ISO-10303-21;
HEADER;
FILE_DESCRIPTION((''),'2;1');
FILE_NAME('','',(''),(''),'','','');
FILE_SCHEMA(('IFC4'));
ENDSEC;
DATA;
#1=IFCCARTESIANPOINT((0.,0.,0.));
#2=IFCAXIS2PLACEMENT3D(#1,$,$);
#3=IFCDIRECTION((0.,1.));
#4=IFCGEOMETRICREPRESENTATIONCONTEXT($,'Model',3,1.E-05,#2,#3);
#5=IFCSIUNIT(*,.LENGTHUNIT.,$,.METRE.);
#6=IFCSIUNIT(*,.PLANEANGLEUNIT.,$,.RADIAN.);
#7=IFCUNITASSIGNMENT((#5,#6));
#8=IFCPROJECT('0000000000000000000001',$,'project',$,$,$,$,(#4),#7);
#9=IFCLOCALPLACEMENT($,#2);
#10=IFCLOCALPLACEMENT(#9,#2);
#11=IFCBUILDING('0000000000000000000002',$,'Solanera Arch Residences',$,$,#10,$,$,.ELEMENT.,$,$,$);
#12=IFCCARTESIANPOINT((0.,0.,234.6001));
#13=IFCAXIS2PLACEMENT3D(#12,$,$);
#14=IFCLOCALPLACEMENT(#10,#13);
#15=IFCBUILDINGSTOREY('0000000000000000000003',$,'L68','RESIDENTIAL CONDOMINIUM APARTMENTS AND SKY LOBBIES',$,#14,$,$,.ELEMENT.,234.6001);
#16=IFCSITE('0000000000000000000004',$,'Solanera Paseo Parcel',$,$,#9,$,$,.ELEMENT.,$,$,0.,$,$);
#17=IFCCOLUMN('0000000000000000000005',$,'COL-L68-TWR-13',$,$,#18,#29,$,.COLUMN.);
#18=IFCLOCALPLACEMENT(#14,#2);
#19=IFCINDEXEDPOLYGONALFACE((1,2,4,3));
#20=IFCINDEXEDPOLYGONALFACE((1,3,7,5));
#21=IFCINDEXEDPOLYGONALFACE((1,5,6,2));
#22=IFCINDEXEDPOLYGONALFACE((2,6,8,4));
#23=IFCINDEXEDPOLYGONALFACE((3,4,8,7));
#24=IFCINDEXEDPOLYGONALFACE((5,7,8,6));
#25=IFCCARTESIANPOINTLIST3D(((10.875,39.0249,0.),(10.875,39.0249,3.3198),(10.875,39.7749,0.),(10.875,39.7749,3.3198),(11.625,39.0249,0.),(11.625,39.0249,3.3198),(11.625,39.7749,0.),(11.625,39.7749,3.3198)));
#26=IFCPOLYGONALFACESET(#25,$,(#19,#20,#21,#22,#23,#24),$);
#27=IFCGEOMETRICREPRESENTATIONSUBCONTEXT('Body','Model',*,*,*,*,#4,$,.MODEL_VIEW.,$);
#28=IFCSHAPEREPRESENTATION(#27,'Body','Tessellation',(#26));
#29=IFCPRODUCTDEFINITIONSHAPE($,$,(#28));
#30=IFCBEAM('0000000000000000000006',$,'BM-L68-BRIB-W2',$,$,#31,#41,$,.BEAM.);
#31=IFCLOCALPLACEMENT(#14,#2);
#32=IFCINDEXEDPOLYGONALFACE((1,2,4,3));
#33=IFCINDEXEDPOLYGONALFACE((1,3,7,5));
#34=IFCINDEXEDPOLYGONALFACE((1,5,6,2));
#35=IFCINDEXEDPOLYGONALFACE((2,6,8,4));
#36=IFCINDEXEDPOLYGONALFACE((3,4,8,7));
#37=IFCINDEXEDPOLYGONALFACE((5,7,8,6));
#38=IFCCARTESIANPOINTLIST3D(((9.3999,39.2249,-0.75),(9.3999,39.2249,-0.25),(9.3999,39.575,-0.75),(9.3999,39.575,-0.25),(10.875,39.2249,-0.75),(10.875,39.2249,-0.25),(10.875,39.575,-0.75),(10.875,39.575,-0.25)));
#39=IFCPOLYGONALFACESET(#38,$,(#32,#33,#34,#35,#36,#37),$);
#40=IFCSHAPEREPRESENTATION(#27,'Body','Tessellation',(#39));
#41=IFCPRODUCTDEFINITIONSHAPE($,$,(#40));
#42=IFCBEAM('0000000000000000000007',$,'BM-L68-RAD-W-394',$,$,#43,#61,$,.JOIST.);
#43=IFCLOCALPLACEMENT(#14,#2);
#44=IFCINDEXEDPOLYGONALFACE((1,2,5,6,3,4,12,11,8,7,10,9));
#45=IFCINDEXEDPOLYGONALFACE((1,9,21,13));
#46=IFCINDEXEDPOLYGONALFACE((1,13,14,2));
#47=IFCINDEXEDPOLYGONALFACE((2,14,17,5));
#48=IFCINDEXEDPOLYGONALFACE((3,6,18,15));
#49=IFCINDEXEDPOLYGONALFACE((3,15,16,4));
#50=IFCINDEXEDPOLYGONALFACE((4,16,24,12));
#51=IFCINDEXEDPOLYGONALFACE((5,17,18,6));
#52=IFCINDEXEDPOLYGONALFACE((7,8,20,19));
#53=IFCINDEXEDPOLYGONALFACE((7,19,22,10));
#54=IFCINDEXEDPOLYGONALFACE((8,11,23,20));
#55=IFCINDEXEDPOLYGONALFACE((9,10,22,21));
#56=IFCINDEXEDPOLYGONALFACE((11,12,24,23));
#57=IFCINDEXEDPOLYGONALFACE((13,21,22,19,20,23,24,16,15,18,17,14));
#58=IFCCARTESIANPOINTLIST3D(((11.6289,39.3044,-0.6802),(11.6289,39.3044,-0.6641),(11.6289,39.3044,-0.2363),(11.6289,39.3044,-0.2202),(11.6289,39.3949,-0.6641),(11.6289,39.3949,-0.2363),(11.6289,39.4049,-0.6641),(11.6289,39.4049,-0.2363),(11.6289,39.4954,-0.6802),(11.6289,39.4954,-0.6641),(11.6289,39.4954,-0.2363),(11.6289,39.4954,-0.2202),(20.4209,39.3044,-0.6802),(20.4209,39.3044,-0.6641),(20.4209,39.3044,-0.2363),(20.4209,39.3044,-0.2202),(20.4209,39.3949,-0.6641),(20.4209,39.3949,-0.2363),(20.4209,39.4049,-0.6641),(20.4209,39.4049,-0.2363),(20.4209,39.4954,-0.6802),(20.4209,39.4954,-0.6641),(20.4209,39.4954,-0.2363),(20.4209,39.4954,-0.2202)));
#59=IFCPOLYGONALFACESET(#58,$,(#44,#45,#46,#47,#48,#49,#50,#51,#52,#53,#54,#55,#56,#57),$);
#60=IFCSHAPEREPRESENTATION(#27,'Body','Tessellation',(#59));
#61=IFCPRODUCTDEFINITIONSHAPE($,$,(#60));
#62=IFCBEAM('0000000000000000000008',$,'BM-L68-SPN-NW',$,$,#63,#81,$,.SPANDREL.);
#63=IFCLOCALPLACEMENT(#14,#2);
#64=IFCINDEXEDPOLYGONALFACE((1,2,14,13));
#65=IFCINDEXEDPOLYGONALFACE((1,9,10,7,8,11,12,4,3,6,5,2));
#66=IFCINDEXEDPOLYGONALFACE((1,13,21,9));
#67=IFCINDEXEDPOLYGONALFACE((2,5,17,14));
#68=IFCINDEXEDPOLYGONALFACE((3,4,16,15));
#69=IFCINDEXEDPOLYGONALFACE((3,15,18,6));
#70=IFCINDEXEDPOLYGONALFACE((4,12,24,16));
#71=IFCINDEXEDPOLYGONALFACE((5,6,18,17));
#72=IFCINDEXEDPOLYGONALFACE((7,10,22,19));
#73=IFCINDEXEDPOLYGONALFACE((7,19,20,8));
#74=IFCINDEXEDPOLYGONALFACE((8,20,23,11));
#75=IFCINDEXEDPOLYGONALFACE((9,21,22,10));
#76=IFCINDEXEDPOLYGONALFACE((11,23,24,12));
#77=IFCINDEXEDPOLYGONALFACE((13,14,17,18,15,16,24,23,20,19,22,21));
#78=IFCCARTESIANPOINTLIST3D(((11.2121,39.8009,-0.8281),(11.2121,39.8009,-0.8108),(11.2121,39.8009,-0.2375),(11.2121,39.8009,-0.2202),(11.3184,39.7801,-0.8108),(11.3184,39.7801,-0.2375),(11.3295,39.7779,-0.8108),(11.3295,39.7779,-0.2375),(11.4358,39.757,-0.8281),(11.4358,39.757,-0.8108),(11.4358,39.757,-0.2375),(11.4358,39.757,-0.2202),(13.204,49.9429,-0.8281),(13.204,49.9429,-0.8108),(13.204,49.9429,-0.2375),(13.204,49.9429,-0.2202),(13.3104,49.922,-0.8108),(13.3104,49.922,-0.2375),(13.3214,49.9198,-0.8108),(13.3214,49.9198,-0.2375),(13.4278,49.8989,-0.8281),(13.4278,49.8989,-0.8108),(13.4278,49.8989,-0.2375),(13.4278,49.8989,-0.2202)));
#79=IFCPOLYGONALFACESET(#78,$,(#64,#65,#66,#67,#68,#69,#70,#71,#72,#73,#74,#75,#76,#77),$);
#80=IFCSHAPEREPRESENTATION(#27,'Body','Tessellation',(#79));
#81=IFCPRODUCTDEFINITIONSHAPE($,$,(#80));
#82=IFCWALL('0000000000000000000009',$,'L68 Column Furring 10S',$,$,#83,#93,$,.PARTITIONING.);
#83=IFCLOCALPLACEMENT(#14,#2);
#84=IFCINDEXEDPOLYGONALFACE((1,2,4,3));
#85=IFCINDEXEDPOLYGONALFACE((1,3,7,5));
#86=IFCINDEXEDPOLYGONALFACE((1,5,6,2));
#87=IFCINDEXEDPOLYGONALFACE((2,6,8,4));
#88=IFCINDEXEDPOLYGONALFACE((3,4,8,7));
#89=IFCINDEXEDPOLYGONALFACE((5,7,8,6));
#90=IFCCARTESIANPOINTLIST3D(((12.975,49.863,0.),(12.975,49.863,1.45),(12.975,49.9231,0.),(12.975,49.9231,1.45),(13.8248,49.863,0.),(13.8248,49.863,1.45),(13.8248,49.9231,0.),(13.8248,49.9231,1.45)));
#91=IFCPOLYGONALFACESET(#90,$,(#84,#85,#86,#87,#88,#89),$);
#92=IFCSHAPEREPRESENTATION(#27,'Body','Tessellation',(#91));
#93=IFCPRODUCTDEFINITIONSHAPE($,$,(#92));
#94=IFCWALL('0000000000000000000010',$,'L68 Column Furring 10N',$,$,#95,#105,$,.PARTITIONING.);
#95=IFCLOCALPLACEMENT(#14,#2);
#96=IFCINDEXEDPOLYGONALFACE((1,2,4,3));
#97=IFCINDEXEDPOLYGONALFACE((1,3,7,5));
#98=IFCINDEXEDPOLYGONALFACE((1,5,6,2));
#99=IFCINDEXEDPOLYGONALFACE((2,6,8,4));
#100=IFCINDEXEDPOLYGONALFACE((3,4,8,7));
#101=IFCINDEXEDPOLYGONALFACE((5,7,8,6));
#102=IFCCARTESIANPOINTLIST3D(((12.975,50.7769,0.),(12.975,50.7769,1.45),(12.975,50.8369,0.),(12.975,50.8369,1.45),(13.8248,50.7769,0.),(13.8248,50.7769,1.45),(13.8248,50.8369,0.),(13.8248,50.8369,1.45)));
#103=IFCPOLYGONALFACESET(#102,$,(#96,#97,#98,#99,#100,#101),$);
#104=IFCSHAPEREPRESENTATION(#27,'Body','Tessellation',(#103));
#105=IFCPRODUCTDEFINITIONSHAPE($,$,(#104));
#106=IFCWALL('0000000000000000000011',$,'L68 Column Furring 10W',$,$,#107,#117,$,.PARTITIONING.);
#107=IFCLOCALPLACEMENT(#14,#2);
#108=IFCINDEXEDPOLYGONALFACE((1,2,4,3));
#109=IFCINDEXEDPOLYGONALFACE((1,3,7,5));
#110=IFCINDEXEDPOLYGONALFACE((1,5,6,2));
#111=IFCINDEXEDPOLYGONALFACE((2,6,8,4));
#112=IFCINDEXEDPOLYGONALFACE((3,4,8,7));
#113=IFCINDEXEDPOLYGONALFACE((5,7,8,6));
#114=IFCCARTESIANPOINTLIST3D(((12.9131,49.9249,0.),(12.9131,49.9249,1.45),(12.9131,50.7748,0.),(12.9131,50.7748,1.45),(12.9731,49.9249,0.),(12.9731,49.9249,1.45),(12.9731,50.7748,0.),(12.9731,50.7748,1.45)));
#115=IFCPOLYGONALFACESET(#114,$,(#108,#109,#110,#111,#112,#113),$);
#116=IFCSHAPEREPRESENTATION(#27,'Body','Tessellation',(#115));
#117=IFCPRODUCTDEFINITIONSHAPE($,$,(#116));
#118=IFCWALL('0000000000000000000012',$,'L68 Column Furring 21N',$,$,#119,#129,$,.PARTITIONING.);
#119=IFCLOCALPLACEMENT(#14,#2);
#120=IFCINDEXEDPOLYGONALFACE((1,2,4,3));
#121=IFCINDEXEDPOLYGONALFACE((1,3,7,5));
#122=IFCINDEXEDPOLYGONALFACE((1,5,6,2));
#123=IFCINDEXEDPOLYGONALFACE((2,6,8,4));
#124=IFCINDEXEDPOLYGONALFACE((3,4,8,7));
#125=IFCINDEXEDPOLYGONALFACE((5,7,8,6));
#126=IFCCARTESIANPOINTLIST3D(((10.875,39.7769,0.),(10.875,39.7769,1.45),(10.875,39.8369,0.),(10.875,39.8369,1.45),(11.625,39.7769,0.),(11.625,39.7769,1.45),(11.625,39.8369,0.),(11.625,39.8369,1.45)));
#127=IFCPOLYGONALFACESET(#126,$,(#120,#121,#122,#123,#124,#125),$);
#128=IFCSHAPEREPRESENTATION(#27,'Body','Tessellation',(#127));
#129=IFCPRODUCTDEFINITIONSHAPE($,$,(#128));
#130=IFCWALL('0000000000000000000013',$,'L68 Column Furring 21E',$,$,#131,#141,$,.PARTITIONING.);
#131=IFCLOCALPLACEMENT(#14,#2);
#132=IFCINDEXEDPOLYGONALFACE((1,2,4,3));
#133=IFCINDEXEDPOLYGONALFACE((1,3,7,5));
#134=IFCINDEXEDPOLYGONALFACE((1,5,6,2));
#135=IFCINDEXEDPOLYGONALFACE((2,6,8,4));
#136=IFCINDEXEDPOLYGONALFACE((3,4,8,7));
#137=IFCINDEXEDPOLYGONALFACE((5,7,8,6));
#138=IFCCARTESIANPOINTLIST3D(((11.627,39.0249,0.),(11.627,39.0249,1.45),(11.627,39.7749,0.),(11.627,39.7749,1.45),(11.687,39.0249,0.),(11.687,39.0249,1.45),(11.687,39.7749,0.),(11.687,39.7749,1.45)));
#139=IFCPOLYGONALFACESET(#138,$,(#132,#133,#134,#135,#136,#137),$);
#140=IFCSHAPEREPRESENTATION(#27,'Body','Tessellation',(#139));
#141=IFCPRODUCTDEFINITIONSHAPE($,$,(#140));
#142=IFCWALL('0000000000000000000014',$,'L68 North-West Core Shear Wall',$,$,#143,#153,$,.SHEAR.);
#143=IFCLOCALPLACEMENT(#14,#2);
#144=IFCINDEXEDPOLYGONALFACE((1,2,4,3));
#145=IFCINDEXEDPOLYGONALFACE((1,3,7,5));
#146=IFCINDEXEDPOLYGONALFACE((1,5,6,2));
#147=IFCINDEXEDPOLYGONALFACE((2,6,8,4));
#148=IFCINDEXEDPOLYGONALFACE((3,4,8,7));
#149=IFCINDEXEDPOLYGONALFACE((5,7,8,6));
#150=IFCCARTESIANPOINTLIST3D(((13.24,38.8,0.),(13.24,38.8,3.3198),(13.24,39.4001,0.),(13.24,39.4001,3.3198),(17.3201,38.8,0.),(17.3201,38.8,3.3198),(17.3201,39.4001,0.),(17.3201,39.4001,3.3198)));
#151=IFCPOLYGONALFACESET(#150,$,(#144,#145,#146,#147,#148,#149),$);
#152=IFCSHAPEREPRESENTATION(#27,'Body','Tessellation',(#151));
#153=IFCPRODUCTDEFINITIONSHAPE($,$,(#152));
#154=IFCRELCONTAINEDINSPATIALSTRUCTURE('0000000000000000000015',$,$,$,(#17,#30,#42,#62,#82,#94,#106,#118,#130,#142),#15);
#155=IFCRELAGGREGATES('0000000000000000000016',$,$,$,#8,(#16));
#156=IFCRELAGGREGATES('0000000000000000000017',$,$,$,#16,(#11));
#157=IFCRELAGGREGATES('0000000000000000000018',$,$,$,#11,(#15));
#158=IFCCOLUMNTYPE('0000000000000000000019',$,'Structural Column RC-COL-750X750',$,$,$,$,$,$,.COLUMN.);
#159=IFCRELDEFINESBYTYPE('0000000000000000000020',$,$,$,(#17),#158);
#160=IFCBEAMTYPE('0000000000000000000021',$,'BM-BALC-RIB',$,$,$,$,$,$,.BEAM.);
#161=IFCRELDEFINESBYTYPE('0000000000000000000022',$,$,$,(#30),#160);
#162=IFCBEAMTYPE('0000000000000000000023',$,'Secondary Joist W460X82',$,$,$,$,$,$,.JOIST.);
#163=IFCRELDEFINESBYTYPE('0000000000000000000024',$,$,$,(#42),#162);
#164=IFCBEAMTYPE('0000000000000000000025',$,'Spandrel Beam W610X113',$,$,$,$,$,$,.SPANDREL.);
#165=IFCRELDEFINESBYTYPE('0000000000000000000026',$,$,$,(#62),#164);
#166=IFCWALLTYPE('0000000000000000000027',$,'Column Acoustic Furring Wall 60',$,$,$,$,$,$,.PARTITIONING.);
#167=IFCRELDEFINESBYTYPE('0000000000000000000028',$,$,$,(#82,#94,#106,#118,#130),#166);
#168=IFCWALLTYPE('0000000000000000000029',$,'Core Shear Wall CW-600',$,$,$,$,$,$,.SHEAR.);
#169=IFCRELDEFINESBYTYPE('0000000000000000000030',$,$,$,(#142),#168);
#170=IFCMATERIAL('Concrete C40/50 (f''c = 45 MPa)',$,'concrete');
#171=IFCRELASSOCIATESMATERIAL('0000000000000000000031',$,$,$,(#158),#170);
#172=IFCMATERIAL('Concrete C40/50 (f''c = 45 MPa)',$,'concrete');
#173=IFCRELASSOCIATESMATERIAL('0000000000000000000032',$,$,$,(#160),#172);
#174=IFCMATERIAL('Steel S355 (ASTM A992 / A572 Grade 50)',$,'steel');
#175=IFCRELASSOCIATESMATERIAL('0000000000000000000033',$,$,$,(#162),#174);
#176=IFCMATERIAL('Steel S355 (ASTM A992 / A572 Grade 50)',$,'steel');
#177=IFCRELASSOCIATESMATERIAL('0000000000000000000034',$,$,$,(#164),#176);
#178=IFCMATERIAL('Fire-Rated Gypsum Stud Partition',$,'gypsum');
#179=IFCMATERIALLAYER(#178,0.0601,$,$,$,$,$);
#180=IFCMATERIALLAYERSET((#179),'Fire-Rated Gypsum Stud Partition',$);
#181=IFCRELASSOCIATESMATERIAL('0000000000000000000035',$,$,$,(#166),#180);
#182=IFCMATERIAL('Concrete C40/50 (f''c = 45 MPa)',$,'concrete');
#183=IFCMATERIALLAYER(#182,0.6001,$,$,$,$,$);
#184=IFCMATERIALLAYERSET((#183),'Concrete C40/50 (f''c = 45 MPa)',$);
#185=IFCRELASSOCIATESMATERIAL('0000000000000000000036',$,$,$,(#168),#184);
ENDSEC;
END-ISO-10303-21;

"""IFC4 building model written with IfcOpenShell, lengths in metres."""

from ifc_helpers import new_model, si_unit, direction, frame, frame_2d, origin, origin_2d, place, context, subcontext, project, spatial, rectangle, i_section, extrude, material, layer, layer_set, material_profile, profile_set, type_object, element, save


model = new_model("IFC4")

# Units and contexts
model_context = context("Model", 3, precision=1e-05, world=origin(), true_north=direction((0.0, 1.0)))
body_context = subcontext(model_context, "Body", "Model", "MODEL_VIEW")
ifc_project = project(units=[si_unit("LENGTHUNIT", "METRE"), si_unit("PLANEANGLEUNIT", "RADIAN")], contexts=[model_context])

# Site, building, storey
site_placement = place(None, origin())
site = spatial("IfcSite", under=ifc_project, at=site_placement, Name="Solanera Paseo Parcel", CompositionType="ELEMENT", RefElevation=0.0)
building_placement = place(site_placement, origin())
building = spatial("IfcBuilding", under=site, at=building_placement, Name="Solanera Arch Residences", CompositionType="ELEMENT")
storey_placement = place(building_placement, frame((0.0, 0.0, 234.6001)))
storey = spatial("IfcBuildingStorey", under=building, at=storey_placement, Name="L68", Description="RESIDENTIAL CONDOMINIUM APARTMENTS AND SKY LOBBIES", CompositionType="ELEMENT", Elevation=234.6001)

# Column
ifc_material_1 = material(Name="Concrete C40/50 (f'c = 45 MPa)", Category="concrete")
ifc_material_profile_1 = material_profile(ifc_material_1, rectangle(XDim=0.75, YDim=0.75, at=origin_2d()))
ifc_profile_set_1 = profile_set([ifc_material_profile_1], Name="Concrete C40/50 (f'c = 45 MPa)")
column_type = type_object("IfcColumnType", Name="Structural Column RC-COL-750X750", PredefinedType="COLUMN", material=ifc_profile_set_1)
column_placement = place(storey_placement, frame((11.25, 39.3999, 0.0), z_axis=(0.0, 0.0, 1.0), x_axis=(1.0, 0.0, 0.0)))
element("IfcColumn", 1, at=column_placement, inside=storey, type_object=column_type, Name="COL-L68-TWR-13", PredefinedType="COLUMN", context=body_context, shape_type="SweptSolid", body=[
    extrude(rectangle(XDim=0.75, YDim=0.75, at=origin_2d()), origin(), (0.0, 0.0, 1.0), 3.3198),
])

# Beams
ifc_material_2 = material(Name="Concrete C40/50 (f'c = 45 MPa)", Category="concrete")
ifc_material_profile_2 = material_profile(ifc_material_2, rectangle(XDim=0.3501, YDim=0.5, at=origin_2d()))
ifc_profile_set_2 = profile_set([ifc_material_profile_2], Name="Concrete C40/50 (f'c = 45 MPa)")
beam_type_1 = type_object("IfcBeamType", Name="BM-BALC-RIB", PredefinedType="BEAM", material=ifc_profile_set_2)
beam_1_placement = place(storey_placement, frame((9.3999, 39.3999, -0.5), z_axis=(1.0, 0.0, 0.0), x_axis=(0.0, 1.0, 0.0)))
element("IfcBeam", 2, at=beam_1_placement, inside=storey, type_object=beam_type_1, Name="BM-L68-BRIB-W2", PredefinedType="BEAM", context=body_context, shape_type="SweptSolid", body=[
    extrude(rectangle(XDim=0.3501, YDim=0.5, at=origin_2d()), origin(), (0.0, 0.0, 1.0), 1.4751),
])
ifc_material_3 = material(Name="Steel S355 (ASTM A992 / A572 Grade 50)", Category="steel")
ifc_material_profile_3 = material_profile(ifc_material_3, i_section(OverallWidth=0.1909, OverallDepth=0.46, WebThickness=0.01, FlangeThickness=0.0161, at=origin_2d()))
ifc_profile_set_3 = profile_set([ifc_material_profile_3], Name="Steel S355 (ASTM A992 / A572 Grade 50)")
beam_type_2 = type_object("IfcBeamType", Name="Secondary Joist W460X82", PredefinedType="JOIST", material=ifc_profile_set_3)
beam_2_placement = place(storey_placement, frame((11.6289, 39.3999, -0.4502), z_axis=(1.0, 0.0, 0.0), x_axis=(0.0, 1.0, 0.0)))
element("IfcBeam", 3, at=beam_2_placement, inside=storey, type_object=beam_type_2, Name="BM-L68-RAD-W-394", PredefinedType="JOIST", context=body_context, shape_type="SweptSolid", body=[
    extrude(i_section(OverallWidth=0.1909, OverallDepth=0.46, WebThickness=0.01, FlangeThickness=0.0161, at=origin_2d()), origin(), (0.0, 0.0, 1.0), 8.792),
])
ifc_material_4 = material(Name="Steel S355 (ASTM A992 / A572 Grade 50)", Category="steel")
ifc_material_profile_4 = material_profile(ifc_material_4, i_section(OverallWidth=0.228, OverallDepth=0.6079, WebThickness=0.0112, FlangeThickness=0.0173, at=origin_2d()))
ifc_profile_set_4 = profile_set([ifc_material_profile_4], Name="Steel S355 (ASTM A992 / A572 Grade 50)")
beam_type_3 = type_object("IfcBeamType", Name="Spandrel Beam W610X113", PredefinedType="SPANDREL", material=ifc_profile_set_4)
beam_3_placement = place(storey_placement, frame((13.3159, 49.9209, -0.5242), z_axis=(-0.192726, -0.981253, 0.0), x_axis=(0.981253, -0.192726, 0.0)))
element("IfcBeam", 4, at=beam_3_placement, inside=storey, type_object=beam_type_3, Name="BM-L68-SPN-NW", PredefinedType="SPANDREL", context=body_context, shape_type="SweptSolid", body=[
    extrude(i_section(OverallWidth=0.228, OverallDepth=0.6079, WebThickness=0.0112, FlangeThickness=0.0173, at=origin_2d()), origin(), (0.0, 0.0, 1.0), 10.3357),
])

# Walls
ifc_material_5 = material(Name="Fire-Rated Gypsum Stud Partition", Category="gypsum")
ifc_layer_1 = layer(ifc_material_5, 0.0601)
ifc_layer_set_1 = layer_set([ifc_layer_1], Name="Fire-Rated Gypsum Stud Partition")
wall_type_1 = type_object("IfcWallType", Name="Column Acoustic Furring Wall 60", PredefinedType="PARTITIONING", material=ifc_layer_set_1)
for number, where, z_axis, x_axis, name in (
    (5, (12.9751, 49.8931, 0.0), (0.0, 0.0, 1.0), (1.0, 0.0, 0.0), "L68 Column Furring 10S"),
    (6, (12.9751, 50.8069, 0.0), (0.0, 0.0, 1.0), (1.0, 0.0, 0.0), "L68 Column Furring 10N"),
    (7, (12.9431, 49.925, 0.0), (0.0, 0.0, 1.0), (0.0, 1.0, 0.0), "L68 Column Furring 10W"),
):
    element("IfcWall", number, at=place(storey_placement, frame(where, z_axis=z_axis, x_axis=x_axis)), inside=storey, type_object=wall_type_1, Name=name, PredefinedType="PARTITIONING", context=body_context, shape_type="SweptSolid", body=[
        extrude(rectangle(XDim=0.8499, YDim=0.0601, at=frame_2d((0.4248, 0.0))), origin(), (0.0, 0.0, 1.0), 1.45),
    ])
for number, where, z_axis, x_axis, name in (
    (8, (10.875, 39.8069, 0.0), (0.0, 0.0, 1.0), (1.0, 0.0, 0.0), "L68 Column Furring 21N"),
    (9, (11.657, 39.0249, 0.0), (0.0, 0.0, 1.0), (0.0, 1.0, 0.0), "L68 Column Furring 21E"),
):
    element("IfcWall", number, at=place(storey_placement, frame(where, z_axis=z_axis, x_axis=x_axis)), inside=storey, type_object=wall_type_1, Name=name, PredefinedType="PARTITIONING", context=body_context, shape_type="SweptSolid", body=[
        extrude(rectangle(XDim=0.75, YDim=0.0601, at=frame_2d((0.375, 0.0))), origin(), (0.0, 0.0, 1.0), 1.45),
    ])
ifc_material_6 = material(Name="Concrete C40/50 (f'c = 45 MPa)", Category="concrete")
ifc_layer_2 = layer(ifc_material_6, 0.6001)
ifc_layer_set_2 = layer_set([ifc_layer_2], Name="Concrete C40/50 (f'c = 45 MPa)")
wall_type_2 = type_object("IfcWallType", Name="Core Shear Wall CW-600", PredefinedType="SHEAR", material=ifc_layer_set_2)
wall_1_placement = place(storey_placement, frame((13.24, 39.1001, 0.0), z_axis=(0.0, 0.0, 1.0), x_axis=(1.0, 0.0, 0.0)))
element("IfcWall", 10, at=wall_1_placement, inside=storey, type_object=wall_type_2, Name="L68 North-West Core Shear Wall", PredefinedType="SHEAR", context=body_context, shape_type="SweptSolid", body=[
    extrude(rectangle(XDim=4.0801, YDim=0.6001, at=frame_2d((2.04, 0.0))), origin(), (0.0, 0.0, 1.0), 3.3198),
])

save(model, "model.ifc")
